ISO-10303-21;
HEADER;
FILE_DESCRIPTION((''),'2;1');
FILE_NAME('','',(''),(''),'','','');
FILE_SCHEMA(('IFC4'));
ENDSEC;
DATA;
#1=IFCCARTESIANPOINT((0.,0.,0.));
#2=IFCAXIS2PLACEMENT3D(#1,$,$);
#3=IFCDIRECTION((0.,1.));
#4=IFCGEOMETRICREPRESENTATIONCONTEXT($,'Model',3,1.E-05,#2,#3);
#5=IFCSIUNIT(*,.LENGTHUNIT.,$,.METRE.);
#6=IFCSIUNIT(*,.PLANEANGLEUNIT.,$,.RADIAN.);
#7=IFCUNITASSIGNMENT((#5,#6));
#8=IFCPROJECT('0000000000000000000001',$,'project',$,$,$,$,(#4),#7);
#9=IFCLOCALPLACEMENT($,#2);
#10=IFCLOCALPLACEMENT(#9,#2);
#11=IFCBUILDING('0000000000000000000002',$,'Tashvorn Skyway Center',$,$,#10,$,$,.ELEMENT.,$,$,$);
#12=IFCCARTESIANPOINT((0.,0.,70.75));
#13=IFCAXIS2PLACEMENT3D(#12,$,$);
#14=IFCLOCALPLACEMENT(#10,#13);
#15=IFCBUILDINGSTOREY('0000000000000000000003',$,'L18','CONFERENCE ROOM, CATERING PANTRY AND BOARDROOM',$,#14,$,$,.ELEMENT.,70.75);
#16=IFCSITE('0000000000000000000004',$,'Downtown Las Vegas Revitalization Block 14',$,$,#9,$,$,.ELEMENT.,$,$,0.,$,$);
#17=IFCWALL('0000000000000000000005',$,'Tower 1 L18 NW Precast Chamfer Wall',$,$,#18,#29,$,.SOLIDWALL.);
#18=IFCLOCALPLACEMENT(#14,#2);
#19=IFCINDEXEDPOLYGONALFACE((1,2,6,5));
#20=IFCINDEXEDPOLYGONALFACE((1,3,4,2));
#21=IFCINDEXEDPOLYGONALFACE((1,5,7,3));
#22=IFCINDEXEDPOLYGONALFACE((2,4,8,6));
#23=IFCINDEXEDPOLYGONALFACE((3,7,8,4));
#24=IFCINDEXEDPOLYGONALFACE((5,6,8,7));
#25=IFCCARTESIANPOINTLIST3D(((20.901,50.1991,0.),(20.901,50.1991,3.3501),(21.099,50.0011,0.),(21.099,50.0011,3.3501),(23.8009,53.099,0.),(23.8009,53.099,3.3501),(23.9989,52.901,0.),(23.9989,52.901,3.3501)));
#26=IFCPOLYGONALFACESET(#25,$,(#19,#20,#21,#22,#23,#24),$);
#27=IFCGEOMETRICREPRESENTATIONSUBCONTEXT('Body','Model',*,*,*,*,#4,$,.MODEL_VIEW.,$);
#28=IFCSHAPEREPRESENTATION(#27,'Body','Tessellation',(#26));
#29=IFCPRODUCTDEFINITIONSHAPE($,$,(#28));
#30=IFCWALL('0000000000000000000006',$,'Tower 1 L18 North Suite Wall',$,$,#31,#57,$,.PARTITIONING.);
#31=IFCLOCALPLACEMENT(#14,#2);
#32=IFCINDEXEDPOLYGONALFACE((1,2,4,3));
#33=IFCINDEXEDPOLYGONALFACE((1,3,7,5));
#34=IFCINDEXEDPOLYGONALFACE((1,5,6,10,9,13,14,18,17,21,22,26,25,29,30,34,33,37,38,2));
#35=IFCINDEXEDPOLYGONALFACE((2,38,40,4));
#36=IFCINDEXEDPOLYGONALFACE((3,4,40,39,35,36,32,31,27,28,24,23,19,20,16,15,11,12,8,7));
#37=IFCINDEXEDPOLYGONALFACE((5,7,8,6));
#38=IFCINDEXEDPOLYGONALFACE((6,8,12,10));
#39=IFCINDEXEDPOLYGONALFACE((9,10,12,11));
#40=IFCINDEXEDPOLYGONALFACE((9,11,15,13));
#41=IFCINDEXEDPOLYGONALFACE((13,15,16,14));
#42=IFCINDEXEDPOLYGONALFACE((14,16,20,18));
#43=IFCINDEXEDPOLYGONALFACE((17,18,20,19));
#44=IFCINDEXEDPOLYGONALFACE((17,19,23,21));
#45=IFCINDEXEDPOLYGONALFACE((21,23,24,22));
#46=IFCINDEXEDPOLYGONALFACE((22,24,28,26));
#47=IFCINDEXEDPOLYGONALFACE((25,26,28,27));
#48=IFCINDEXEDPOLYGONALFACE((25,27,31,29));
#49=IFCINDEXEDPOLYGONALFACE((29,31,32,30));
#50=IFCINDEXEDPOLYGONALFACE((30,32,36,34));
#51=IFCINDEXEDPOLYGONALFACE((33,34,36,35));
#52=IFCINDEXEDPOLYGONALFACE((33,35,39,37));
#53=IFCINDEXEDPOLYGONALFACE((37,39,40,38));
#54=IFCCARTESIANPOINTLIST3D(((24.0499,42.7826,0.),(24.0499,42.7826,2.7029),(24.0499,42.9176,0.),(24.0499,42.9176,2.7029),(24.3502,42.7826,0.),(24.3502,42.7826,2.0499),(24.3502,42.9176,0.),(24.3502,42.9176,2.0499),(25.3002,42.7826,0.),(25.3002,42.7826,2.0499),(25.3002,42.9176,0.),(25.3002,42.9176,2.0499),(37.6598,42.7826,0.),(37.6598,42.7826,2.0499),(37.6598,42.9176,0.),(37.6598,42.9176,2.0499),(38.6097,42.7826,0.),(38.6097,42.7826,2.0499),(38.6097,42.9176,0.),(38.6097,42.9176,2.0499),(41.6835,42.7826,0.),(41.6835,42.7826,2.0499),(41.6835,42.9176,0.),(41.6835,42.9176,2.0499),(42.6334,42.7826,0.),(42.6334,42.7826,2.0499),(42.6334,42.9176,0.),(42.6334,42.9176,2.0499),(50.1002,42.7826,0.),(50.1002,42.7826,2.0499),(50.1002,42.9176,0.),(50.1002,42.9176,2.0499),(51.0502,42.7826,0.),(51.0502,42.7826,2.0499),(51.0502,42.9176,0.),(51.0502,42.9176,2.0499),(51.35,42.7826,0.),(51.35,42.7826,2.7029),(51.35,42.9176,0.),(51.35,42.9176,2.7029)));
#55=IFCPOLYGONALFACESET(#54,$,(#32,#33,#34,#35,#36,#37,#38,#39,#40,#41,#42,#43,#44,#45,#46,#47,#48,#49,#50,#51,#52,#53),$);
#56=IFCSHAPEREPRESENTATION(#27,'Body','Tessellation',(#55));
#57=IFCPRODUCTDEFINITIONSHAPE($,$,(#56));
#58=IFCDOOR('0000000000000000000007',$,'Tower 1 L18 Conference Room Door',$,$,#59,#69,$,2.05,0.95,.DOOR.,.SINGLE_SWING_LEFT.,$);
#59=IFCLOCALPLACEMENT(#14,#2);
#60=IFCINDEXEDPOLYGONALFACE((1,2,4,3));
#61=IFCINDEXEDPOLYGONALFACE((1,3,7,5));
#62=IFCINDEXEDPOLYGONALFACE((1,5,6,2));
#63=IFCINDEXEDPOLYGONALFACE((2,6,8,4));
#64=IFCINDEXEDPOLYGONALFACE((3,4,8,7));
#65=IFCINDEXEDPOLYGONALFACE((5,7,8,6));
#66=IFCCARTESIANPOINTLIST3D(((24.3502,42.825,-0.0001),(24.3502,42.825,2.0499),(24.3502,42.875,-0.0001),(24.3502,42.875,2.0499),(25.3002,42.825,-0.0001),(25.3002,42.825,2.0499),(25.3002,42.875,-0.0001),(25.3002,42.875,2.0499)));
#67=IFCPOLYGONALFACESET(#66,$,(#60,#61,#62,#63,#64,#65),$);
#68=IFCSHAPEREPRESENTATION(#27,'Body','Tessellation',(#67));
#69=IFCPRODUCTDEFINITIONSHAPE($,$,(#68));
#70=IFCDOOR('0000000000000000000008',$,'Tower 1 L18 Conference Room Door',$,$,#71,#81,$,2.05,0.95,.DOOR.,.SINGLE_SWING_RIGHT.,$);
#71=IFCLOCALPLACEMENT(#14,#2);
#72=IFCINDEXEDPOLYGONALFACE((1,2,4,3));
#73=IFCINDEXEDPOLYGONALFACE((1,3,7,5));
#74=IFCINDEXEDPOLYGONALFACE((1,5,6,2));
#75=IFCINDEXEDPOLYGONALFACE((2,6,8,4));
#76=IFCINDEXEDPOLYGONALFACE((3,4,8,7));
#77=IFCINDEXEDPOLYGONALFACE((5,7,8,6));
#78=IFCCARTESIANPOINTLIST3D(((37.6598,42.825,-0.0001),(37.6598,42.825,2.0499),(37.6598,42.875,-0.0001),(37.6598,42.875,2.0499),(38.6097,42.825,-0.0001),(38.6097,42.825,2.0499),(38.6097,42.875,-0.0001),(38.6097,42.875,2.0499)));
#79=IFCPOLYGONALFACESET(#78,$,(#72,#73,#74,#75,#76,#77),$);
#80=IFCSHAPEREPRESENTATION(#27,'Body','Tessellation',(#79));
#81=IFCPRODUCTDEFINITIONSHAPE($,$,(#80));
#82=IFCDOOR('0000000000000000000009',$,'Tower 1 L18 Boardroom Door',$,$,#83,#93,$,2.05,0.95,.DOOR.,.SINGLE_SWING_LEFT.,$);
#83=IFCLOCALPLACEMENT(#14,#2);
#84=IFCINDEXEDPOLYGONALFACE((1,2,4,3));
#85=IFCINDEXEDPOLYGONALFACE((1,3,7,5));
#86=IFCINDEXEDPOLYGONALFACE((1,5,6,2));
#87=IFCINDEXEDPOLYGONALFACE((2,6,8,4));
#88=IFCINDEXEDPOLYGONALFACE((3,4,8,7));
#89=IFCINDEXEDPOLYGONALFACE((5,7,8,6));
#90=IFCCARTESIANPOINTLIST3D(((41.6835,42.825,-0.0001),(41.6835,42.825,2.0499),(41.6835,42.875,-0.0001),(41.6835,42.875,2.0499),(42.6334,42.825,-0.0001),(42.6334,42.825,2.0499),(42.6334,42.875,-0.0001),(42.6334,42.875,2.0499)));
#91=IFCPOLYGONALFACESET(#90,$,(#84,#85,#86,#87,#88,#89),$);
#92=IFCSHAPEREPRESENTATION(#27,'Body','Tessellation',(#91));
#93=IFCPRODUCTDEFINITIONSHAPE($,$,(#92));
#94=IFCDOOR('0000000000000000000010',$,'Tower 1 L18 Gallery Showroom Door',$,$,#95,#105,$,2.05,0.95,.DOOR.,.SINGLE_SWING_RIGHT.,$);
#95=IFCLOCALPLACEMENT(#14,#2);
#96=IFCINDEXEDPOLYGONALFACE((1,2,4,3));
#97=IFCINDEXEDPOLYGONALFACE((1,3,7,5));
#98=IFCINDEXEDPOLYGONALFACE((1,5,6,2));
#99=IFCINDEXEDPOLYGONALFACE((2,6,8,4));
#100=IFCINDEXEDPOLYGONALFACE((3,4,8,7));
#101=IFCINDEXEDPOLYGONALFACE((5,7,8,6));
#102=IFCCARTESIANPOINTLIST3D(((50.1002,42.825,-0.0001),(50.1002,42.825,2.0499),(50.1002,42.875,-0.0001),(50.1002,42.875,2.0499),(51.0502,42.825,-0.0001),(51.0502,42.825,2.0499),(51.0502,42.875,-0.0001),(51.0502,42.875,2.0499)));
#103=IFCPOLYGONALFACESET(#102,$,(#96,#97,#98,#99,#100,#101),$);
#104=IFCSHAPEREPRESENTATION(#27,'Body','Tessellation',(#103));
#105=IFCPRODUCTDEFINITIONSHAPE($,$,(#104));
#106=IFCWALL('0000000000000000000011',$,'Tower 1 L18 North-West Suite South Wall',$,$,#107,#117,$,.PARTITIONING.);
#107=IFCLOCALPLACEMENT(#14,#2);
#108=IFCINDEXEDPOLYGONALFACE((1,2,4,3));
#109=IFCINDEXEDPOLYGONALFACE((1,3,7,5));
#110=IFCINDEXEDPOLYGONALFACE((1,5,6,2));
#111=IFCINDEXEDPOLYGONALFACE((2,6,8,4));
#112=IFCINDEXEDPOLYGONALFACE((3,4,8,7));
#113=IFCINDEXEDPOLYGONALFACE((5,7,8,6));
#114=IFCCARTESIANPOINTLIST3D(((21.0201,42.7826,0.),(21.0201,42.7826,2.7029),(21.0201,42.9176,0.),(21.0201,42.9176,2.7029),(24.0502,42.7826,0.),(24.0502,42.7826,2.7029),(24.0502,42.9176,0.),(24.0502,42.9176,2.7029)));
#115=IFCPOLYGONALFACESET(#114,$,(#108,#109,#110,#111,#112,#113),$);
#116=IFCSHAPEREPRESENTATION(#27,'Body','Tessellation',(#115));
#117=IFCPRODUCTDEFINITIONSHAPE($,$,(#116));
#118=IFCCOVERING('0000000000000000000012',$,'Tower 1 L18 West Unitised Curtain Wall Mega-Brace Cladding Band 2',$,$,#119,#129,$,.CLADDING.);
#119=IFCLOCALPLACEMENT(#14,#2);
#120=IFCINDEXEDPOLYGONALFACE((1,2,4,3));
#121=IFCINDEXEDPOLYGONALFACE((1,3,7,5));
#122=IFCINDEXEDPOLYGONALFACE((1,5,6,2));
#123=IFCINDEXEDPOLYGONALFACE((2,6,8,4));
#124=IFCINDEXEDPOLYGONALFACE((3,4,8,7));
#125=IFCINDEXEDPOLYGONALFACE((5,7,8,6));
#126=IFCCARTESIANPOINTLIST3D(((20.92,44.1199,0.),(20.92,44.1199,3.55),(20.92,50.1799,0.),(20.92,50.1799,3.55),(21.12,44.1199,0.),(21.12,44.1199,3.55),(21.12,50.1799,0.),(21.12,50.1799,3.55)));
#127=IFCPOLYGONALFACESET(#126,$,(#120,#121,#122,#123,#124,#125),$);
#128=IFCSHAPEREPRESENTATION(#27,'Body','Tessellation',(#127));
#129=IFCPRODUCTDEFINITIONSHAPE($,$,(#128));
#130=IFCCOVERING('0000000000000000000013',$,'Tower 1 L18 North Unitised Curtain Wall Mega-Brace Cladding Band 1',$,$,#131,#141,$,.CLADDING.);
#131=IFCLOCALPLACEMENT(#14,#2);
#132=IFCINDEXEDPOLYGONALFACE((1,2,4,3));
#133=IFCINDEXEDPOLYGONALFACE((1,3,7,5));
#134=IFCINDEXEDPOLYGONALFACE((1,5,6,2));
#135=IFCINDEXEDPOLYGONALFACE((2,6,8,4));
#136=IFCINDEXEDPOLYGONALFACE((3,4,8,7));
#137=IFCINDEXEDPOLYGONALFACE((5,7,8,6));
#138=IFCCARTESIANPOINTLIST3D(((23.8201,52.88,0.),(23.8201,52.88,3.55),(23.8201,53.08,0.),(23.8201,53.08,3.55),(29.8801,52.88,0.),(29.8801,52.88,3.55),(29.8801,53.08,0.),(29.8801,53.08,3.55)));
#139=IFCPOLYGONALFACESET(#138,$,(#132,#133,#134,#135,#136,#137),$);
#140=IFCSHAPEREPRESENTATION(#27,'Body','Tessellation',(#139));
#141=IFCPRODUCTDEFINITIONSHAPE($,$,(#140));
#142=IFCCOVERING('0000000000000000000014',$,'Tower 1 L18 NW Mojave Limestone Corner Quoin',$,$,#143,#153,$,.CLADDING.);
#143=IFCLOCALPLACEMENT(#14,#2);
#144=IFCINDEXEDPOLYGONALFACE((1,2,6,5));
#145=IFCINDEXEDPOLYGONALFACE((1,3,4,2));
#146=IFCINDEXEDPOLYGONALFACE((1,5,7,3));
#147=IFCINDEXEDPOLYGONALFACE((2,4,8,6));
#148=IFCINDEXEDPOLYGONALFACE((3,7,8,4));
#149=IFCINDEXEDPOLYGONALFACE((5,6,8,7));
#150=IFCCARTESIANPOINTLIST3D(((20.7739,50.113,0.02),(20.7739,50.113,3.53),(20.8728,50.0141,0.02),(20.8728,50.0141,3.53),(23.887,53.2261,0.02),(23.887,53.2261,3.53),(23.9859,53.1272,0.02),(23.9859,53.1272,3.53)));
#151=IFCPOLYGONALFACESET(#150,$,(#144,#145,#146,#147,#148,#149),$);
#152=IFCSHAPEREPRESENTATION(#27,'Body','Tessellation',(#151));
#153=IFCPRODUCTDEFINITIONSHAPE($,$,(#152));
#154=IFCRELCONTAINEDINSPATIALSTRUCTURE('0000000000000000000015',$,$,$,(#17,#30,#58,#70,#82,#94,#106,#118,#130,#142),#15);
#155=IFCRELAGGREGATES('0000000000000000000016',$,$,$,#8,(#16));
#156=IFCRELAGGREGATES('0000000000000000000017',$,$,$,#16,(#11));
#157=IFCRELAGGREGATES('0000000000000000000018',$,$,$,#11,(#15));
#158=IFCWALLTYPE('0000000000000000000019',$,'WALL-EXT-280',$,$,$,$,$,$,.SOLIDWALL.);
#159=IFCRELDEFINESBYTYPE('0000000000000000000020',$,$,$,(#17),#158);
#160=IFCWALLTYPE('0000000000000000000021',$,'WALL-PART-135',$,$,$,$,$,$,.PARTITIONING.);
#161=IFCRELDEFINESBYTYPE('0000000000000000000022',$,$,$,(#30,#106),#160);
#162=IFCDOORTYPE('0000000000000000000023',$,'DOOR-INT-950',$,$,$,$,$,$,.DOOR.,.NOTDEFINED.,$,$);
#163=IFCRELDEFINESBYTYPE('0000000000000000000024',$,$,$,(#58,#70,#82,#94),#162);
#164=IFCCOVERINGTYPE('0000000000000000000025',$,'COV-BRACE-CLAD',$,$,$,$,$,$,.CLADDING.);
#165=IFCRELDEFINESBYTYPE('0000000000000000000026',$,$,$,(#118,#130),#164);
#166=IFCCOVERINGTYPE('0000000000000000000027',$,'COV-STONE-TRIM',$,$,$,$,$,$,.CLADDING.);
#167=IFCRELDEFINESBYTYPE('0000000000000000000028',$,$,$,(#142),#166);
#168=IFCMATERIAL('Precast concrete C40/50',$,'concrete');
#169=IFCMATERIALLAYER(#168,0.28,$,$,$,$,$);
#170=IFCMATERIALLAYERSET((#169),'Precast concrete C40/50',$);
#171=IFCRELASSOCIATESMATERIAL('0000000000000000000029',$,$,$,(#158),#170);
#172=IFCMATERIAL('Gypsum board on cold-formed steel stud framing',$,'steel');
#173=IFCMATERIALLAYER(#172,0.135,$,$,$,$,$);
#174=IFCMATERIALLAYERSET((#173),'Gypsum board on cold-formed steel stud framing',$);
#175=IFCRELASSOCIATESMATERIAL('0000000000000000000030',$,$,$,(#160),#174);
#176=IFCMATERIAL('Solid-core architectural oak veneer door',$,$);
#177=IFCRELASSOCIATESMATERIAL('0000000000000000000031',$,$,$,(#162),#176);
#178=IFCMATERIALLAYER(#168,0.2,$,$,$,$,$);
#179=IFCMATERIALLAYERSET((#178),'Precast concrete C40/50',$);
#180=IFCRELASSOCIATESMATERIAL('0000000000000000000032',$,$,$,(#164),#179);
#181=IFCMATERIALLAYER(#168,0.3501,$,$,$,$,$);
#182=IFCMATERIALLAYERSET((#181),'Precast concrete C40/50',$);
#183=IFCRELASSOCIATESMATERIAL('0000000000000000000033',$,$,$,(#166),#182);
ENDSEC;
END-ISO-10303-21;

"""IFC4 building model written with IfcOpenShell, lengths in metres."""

from ifc_helpers import new_model, si_unit, direction, frame, frame_2d, origin, origin_2d, place, context, subcontext, project, spatial, rectangle, extrude, material, layer, layer_set, type_object, element, fill, save


model = new_model("IFC4")

# Units and contexts
model_context = context("Model", 3, precision=1e-05, world=origin(), true_north=direction((0.0, 1.0)))
body_context = subcontext(model_context, "Body", "Model", "MODEL_VIEW")
ifc_project = project(units=[si_unit("LENGTHUNIT", "METRE"), si_unit("PLANEANGLEUNIT", "RADIAN")], contexts=[model_context])

# Site, building, storey
site_placement = place(None, origin())
site = spatial("IfcSite", under=ifc_project, at=site_placement, Name="Downtown Las Vegas Revitalization Block 14", CompositionType="ELEMENT", RefElevation=0.0)
building_placement = place(site_placement, origin())
building = spatial("IfcBuilding", under=site, at=building_placement, Name="Tashvorn Skyway Center", CompositionType="ELEMENT")
storey_placement = place(building_placement, frame((0.0, 0.0, 70.75)))
storey = spatial("IfcBuildingStorey", under=building, at=storey_placement, Name="L18", Description="CONFERENCE ROOM, CATERING PANTRY AND BOARDROOM", CompositionType="ELEMENT", Elevation=70.75)

# Wall
ifc_material_1 = material(Name="Precast concrete C40/50", Category="concrete")
ifc_layer_1 = layer(ifc_material_1, 0.28)
ifc_layer_set_1 = layer_set([ifc_layer_1], Name="Precast concrete C40/50")
wall_type_1 = type_object("IfcWallType", Name="WALL-EXT-280", PredefinedType="SOLIDWALL", material=ifc_layer_set_1)
wall_1_placement = place(storey_placement, frame((21.0, 50.1001, 0.0), z_axis=(0.0, 0.0, 1.0), x_axis=(0.707107, 0.707107, 0.0)))
element("IfcWall", 1, at=wall_1_placement, inside=storey, type_object=wall_type_1, Name="Tower 1 L18 NW Precast Chamfer Wall", PredefinedType="SOLIDWALL", context=body_context, shape_type="SweptSolid", body=[
    extrude(rectangle(XDim=4.1011, YDim=0.28, at=frame_2d((2.0505, 0.0))), origin(), (0.0, 0.0, 1.0), 3.3501),
])

# Wall, openings, doors
ifc_material_2 = material(Name="Gypsum board on cold-formed steel stud framing", Category="steel")
ifc_layer_2 = layer(ifc_material_2, 0.135)
ifc_layer_set_2 = layer_set([ifc_layer_2], Name="Gypsum board on cold-formed steel stud framing")
wall_type_2 = type_object("IfcWallType", Name="WALL-PART-135", PredefinedType="PARTITIONING", material=ifc_layer_set_2)
wall_2_placement = place(storey_placement, frame((24.05, 42.8501, 0.0), z_axis=(0.0, 0.0, 1.0), x_axis=(1.0, 0.0, 0.0)))
wall_2 = element("IfcWall", 2, at=wall_2_placement, inside=storey, type_object=wall_type_2, Name="Tower 1 L18 North Suite Wall", PredefinedType="PARTITIONING", context=body_context, shape_type="SweptSolid", body=[
    extrude(rectangle(XDim=27.3, YDim=0.135, at=frame_2d((13.6499, 0.0))), origin(), (0.0, 0.0, 1.0), 2.7029),
])
opening_1_placement = place(wall_2_placement, frame((0.3, 0.0, 0.0)))
opening_1 = element("IfcOpeningElement", 3, at=opening_1_placement, cuts=wall_2, PredefinedType="OPENING", context=body_context, shape_type="SweptSolid", body=[
    extrude(rectangle(XDim=0.95, YDim=2.05, at=frame_2d((0.4751, 1.0249))), frame((0.0, 0.0774, 0.0), z_axis=(0.0, -1.0, 0.0), x_axis=(1.0, 0.0, 0.0)), (0.0, 0.0, 1.0), 0.155),
])
opening_2_placement = place(wall_2_placement, frame((13.6096, 0.0, 0.0)))
opening_2 = element("IfcOpeningElement", 4, at=opening_2_placement, cuts=wall_2, PredefinedType="OPENING", context=body_context, shape_type="SweptSolid", body=[
    extrude(rectangle(XDim=0.95, YDim=2.05, at=frame_2d((0.4751, 1.0249))), frame((0.0, 0.0774, 0.0), z_axis=(0.0, -1.0, 0.0), x_axis=(1.0, 0.0, 0.0)), (0.0, 0.0, 1.0), 0.155),
])
opening_3_placement = place(wall_2_placement, frame((17.6333, 0.0, 0.0)))
opening_3 = element("IfcOpeningElement", 5, at=opening_3_placement, cuts=wall_2, PredefinedType="OPENING", context=body_context, shape_type="SweptSolid", body=[
    extrude(rectangle(XDim=0.95, YDim=2.05, at=frame_2d((0.4751, 1.0249))), frame((0.0, 0.0774, 0.0), z_axis=(0.0, -1.0, 0.0), x_axis=(1.0, 0.0, 0.0)), (0.0, 0.0, 1.0), 0.155),
])
opening_4_placement = place(wall_2_placement, frame((26.05, 0.0, 0.0)))
opening_4 = element("IfcOpeningElement", 6, at=opening_4_placement, cuts=wall_2, PredefinedType="OPENING", context=body_context, shape_type="SweptSolid", body=[
    extrude(rectangle(XDim=0.95, YDim=2.05, at=frame_2d((0.4751, 1.0249))), frame((0.0, 0.0774, 0.0), z_axis=(0.0, -1.0, 0.0), x_axis=(1.0, 0.0, 0.0)), (0.0, 0.0, 1.0), 0.155),
])
ifc_material_3 = material(Name="Solid-core architectural oak veneer door")
door_type = type_object("IfcDoorType", Name="DOOR-INT-950", OperationType="NOTDEFINED", PredefinedType="DOOR", material=ifc_material_3)
door_1_placement = place(opening_1_placement, origin())
door_1 = element("IfcDoor", 7, at=door_1_placement, inside=storey, type_object=door_type, Name="Tower 1 L18 Conference Room Door", OperationType="SINGLE_SWING_LEFT", OverallHeight=2.05, OverallWidth=0.95, PredefinedType="DOOR", context=body_context, shape_type="SweptSolid", body=[
    extrude(rectangle(XDim=0.95, YDim=2.05, at=frame_2d((0.4751, 1.0249))), frame((0.0, 0.0249, 0.0), z_axis=(0.0, -1.0, 0.0), x_axis=(1.0, 0.0, 0.0)), (0.0, 0.0, 1.0), 0.05),
])
fill(opening_1, door_1)
door_2_placement = place(opening_2_placement, origin())
door_2 = element("IfcDoor", 8, at=door_2_placement, inside=storey, type_object=door_type, Name="Tower 1 L18 Conference Room Door", OperationType="SINGLE_SWING_RIGHT", OverallHeight=2.05, OverallWidth=0.95, PredefinedType="DOOR", context=body_context, shape_type="SweptSolid", body=[
    extrude(rectangle(XDim=0.95, YDim=2.05, at=frame_2d((0.4751, 1.0249))), frame((0.0, 0.0249, 0.0), z_axis=(0.0, -1.0, 0.0), x_axis=(1.0, 0.0, 0.0)), (0.0, 0.0, 1.0), 0.05),
])
fill(opening_2, door_2)
door_3_placement = place(opening_3_placement, origin())
door_3 = element("IfcDoor", 9, at=door_3_placement, inside=storey, type_object=door_type, Name="Tower 1 L18 Boardroom Door", OperationType="SINGLE_SWING_LEFT", OverallHeight=2.05, OverallWidth=0.95, PredefinedType="DOOR", context=body_context, shape_type="SweptSolid", body=[
    extrude(rectangle(XDim=0.95, YDim=2.05, at=frame_2d((0.4751, 1.0249))), frame((0.0, 0.0249, 0.0), z_axis=(0.0, -1.0, 0.0), x_axis=(1.0, 0.0, 0.0)), (0.0, 0.0, 1.0), 0.05),
])
fill(opening_3, door_3)
door_4_placement = place(opening_4_placement, origin())
door_4 = element("IfcDoor", 10, at=door_4_placement, inside=storey, type_object=door_type, Name="Tower 1 L18 Gallery Showroom Door", OperationType="SINGLE_SWING_RIGHT", OverallHeight=2.05, OverallWidth=0.95, PredefinedType="DOOR", context=body_context, shape_type="SweptSolid", body=[
    extrude(rectangle(XDim=0.95, YDim=2.05, at=frame_2d((0.4751, 1.0249))), frame((0.0, 0.0249, 0.0), z_axis=(0.0, -1.0, 0.0), x_axis=(1.0, 0.0, 0.0)), (0.0, 0.0, 1.0), 0.05),
])
fill(opening_4, door_4)

# Wall
wall_3_placement = place(storey_placement, frame((21.02, 42.8501, 0.0), z_axis=(0.0, 0.0, 1.0), x_axis=(1.0, 0.0, 0.0)))
element("IfcWall", 11, at=wall_3_placement, inside=storey, type_object=wall_type_2, Name="Tower 1 L18 North-West Suite South Wall", PredefinedType="PARTITIONING", context=body_context, shape_type="SweptSolid", body=[
    extrude(rectangle(XDim=3.03, YDim=0.135, at=frame_2d((1.5151, 0.0))), origin(), (0.0, 0.0, 1.0), 2.7029),
])

# Coverings
ifc_layer_3 = layer(ifc_material_1, 0.2)
ifc_layer_set_3 = layer_set([ifc_layer_3], Name="Precast concrete C40/50")
covering_type_1 = type_object("IfcCoveringType", Name="COV-BRACE-CLAD", PredefinedType="CLADDING", material=ifc_layer_set_3)
for number, where, z_axis, x_axis, name in (
    (12, (21.02, 47.1499, 0.0), (0.0, 0.0, 1.0), (0.0, 1.0, 0.0), "Tower 1 L18 West Unitised Curtain Wall Mega-Brace Cladding Band 2"),
    (13, (26.8501, 52.98, 0.0), (0.0, 0.0, 1.0), (1.0, 0.0, 0.0), "Tower 1 L18 North Unitised Curtain Wall Mega-Brace Cladding Band 1"),
):
    element("IfcCovering", number, at=place(storey_placement, frame(where, z_axis=z_axis, x_axis=x_axis)), inside=storey, type_object=covering_type_1, Name=name, PredefinedType="CLADDING", context=body_context, shape_type="SweptSolid", body=[
        extrude(rectangle(XDim=6.0601, YDim=0.2, at=origin_2d()), origin(), (0.0, 0.0, 1.0), 3.55),
    ])
ifc_layer_4 = layer(ifc_material_1, 0.3501)
ifc_layer_set_4 = layer_set([ifc_layer_4], Name="Precast concrete C40/50")
covering_type_2 = type_object("IfcCoveringType", Name="COV-STONE-TRIM", PredefinedType="CLADDING", material=ifc_layer_set_4)
covering_placement = place(storey_placement, frame((22.3799, 51.6201, 0.02), z_axis=(0.0, 0.0, 1.0), x_axis=(-0.707107, -0.707107, 0.0)))
element("IfcCovering", 14, at=covering_placement, inside=storey, type_object=covering_type_2, Name="Tower 1 L18 NW Mojave Limestone Corner Quoin", PredefinedType="CLADDING", context=body_context, shape_type="SweptSolid", body=[
    extrude(rectangle(XDim=4.4026, YDim=0.1399, at=origin_2d()), origin(), (0.0, 0.0, 1.0), 3.51),
])

save(model, "model.ifc")
